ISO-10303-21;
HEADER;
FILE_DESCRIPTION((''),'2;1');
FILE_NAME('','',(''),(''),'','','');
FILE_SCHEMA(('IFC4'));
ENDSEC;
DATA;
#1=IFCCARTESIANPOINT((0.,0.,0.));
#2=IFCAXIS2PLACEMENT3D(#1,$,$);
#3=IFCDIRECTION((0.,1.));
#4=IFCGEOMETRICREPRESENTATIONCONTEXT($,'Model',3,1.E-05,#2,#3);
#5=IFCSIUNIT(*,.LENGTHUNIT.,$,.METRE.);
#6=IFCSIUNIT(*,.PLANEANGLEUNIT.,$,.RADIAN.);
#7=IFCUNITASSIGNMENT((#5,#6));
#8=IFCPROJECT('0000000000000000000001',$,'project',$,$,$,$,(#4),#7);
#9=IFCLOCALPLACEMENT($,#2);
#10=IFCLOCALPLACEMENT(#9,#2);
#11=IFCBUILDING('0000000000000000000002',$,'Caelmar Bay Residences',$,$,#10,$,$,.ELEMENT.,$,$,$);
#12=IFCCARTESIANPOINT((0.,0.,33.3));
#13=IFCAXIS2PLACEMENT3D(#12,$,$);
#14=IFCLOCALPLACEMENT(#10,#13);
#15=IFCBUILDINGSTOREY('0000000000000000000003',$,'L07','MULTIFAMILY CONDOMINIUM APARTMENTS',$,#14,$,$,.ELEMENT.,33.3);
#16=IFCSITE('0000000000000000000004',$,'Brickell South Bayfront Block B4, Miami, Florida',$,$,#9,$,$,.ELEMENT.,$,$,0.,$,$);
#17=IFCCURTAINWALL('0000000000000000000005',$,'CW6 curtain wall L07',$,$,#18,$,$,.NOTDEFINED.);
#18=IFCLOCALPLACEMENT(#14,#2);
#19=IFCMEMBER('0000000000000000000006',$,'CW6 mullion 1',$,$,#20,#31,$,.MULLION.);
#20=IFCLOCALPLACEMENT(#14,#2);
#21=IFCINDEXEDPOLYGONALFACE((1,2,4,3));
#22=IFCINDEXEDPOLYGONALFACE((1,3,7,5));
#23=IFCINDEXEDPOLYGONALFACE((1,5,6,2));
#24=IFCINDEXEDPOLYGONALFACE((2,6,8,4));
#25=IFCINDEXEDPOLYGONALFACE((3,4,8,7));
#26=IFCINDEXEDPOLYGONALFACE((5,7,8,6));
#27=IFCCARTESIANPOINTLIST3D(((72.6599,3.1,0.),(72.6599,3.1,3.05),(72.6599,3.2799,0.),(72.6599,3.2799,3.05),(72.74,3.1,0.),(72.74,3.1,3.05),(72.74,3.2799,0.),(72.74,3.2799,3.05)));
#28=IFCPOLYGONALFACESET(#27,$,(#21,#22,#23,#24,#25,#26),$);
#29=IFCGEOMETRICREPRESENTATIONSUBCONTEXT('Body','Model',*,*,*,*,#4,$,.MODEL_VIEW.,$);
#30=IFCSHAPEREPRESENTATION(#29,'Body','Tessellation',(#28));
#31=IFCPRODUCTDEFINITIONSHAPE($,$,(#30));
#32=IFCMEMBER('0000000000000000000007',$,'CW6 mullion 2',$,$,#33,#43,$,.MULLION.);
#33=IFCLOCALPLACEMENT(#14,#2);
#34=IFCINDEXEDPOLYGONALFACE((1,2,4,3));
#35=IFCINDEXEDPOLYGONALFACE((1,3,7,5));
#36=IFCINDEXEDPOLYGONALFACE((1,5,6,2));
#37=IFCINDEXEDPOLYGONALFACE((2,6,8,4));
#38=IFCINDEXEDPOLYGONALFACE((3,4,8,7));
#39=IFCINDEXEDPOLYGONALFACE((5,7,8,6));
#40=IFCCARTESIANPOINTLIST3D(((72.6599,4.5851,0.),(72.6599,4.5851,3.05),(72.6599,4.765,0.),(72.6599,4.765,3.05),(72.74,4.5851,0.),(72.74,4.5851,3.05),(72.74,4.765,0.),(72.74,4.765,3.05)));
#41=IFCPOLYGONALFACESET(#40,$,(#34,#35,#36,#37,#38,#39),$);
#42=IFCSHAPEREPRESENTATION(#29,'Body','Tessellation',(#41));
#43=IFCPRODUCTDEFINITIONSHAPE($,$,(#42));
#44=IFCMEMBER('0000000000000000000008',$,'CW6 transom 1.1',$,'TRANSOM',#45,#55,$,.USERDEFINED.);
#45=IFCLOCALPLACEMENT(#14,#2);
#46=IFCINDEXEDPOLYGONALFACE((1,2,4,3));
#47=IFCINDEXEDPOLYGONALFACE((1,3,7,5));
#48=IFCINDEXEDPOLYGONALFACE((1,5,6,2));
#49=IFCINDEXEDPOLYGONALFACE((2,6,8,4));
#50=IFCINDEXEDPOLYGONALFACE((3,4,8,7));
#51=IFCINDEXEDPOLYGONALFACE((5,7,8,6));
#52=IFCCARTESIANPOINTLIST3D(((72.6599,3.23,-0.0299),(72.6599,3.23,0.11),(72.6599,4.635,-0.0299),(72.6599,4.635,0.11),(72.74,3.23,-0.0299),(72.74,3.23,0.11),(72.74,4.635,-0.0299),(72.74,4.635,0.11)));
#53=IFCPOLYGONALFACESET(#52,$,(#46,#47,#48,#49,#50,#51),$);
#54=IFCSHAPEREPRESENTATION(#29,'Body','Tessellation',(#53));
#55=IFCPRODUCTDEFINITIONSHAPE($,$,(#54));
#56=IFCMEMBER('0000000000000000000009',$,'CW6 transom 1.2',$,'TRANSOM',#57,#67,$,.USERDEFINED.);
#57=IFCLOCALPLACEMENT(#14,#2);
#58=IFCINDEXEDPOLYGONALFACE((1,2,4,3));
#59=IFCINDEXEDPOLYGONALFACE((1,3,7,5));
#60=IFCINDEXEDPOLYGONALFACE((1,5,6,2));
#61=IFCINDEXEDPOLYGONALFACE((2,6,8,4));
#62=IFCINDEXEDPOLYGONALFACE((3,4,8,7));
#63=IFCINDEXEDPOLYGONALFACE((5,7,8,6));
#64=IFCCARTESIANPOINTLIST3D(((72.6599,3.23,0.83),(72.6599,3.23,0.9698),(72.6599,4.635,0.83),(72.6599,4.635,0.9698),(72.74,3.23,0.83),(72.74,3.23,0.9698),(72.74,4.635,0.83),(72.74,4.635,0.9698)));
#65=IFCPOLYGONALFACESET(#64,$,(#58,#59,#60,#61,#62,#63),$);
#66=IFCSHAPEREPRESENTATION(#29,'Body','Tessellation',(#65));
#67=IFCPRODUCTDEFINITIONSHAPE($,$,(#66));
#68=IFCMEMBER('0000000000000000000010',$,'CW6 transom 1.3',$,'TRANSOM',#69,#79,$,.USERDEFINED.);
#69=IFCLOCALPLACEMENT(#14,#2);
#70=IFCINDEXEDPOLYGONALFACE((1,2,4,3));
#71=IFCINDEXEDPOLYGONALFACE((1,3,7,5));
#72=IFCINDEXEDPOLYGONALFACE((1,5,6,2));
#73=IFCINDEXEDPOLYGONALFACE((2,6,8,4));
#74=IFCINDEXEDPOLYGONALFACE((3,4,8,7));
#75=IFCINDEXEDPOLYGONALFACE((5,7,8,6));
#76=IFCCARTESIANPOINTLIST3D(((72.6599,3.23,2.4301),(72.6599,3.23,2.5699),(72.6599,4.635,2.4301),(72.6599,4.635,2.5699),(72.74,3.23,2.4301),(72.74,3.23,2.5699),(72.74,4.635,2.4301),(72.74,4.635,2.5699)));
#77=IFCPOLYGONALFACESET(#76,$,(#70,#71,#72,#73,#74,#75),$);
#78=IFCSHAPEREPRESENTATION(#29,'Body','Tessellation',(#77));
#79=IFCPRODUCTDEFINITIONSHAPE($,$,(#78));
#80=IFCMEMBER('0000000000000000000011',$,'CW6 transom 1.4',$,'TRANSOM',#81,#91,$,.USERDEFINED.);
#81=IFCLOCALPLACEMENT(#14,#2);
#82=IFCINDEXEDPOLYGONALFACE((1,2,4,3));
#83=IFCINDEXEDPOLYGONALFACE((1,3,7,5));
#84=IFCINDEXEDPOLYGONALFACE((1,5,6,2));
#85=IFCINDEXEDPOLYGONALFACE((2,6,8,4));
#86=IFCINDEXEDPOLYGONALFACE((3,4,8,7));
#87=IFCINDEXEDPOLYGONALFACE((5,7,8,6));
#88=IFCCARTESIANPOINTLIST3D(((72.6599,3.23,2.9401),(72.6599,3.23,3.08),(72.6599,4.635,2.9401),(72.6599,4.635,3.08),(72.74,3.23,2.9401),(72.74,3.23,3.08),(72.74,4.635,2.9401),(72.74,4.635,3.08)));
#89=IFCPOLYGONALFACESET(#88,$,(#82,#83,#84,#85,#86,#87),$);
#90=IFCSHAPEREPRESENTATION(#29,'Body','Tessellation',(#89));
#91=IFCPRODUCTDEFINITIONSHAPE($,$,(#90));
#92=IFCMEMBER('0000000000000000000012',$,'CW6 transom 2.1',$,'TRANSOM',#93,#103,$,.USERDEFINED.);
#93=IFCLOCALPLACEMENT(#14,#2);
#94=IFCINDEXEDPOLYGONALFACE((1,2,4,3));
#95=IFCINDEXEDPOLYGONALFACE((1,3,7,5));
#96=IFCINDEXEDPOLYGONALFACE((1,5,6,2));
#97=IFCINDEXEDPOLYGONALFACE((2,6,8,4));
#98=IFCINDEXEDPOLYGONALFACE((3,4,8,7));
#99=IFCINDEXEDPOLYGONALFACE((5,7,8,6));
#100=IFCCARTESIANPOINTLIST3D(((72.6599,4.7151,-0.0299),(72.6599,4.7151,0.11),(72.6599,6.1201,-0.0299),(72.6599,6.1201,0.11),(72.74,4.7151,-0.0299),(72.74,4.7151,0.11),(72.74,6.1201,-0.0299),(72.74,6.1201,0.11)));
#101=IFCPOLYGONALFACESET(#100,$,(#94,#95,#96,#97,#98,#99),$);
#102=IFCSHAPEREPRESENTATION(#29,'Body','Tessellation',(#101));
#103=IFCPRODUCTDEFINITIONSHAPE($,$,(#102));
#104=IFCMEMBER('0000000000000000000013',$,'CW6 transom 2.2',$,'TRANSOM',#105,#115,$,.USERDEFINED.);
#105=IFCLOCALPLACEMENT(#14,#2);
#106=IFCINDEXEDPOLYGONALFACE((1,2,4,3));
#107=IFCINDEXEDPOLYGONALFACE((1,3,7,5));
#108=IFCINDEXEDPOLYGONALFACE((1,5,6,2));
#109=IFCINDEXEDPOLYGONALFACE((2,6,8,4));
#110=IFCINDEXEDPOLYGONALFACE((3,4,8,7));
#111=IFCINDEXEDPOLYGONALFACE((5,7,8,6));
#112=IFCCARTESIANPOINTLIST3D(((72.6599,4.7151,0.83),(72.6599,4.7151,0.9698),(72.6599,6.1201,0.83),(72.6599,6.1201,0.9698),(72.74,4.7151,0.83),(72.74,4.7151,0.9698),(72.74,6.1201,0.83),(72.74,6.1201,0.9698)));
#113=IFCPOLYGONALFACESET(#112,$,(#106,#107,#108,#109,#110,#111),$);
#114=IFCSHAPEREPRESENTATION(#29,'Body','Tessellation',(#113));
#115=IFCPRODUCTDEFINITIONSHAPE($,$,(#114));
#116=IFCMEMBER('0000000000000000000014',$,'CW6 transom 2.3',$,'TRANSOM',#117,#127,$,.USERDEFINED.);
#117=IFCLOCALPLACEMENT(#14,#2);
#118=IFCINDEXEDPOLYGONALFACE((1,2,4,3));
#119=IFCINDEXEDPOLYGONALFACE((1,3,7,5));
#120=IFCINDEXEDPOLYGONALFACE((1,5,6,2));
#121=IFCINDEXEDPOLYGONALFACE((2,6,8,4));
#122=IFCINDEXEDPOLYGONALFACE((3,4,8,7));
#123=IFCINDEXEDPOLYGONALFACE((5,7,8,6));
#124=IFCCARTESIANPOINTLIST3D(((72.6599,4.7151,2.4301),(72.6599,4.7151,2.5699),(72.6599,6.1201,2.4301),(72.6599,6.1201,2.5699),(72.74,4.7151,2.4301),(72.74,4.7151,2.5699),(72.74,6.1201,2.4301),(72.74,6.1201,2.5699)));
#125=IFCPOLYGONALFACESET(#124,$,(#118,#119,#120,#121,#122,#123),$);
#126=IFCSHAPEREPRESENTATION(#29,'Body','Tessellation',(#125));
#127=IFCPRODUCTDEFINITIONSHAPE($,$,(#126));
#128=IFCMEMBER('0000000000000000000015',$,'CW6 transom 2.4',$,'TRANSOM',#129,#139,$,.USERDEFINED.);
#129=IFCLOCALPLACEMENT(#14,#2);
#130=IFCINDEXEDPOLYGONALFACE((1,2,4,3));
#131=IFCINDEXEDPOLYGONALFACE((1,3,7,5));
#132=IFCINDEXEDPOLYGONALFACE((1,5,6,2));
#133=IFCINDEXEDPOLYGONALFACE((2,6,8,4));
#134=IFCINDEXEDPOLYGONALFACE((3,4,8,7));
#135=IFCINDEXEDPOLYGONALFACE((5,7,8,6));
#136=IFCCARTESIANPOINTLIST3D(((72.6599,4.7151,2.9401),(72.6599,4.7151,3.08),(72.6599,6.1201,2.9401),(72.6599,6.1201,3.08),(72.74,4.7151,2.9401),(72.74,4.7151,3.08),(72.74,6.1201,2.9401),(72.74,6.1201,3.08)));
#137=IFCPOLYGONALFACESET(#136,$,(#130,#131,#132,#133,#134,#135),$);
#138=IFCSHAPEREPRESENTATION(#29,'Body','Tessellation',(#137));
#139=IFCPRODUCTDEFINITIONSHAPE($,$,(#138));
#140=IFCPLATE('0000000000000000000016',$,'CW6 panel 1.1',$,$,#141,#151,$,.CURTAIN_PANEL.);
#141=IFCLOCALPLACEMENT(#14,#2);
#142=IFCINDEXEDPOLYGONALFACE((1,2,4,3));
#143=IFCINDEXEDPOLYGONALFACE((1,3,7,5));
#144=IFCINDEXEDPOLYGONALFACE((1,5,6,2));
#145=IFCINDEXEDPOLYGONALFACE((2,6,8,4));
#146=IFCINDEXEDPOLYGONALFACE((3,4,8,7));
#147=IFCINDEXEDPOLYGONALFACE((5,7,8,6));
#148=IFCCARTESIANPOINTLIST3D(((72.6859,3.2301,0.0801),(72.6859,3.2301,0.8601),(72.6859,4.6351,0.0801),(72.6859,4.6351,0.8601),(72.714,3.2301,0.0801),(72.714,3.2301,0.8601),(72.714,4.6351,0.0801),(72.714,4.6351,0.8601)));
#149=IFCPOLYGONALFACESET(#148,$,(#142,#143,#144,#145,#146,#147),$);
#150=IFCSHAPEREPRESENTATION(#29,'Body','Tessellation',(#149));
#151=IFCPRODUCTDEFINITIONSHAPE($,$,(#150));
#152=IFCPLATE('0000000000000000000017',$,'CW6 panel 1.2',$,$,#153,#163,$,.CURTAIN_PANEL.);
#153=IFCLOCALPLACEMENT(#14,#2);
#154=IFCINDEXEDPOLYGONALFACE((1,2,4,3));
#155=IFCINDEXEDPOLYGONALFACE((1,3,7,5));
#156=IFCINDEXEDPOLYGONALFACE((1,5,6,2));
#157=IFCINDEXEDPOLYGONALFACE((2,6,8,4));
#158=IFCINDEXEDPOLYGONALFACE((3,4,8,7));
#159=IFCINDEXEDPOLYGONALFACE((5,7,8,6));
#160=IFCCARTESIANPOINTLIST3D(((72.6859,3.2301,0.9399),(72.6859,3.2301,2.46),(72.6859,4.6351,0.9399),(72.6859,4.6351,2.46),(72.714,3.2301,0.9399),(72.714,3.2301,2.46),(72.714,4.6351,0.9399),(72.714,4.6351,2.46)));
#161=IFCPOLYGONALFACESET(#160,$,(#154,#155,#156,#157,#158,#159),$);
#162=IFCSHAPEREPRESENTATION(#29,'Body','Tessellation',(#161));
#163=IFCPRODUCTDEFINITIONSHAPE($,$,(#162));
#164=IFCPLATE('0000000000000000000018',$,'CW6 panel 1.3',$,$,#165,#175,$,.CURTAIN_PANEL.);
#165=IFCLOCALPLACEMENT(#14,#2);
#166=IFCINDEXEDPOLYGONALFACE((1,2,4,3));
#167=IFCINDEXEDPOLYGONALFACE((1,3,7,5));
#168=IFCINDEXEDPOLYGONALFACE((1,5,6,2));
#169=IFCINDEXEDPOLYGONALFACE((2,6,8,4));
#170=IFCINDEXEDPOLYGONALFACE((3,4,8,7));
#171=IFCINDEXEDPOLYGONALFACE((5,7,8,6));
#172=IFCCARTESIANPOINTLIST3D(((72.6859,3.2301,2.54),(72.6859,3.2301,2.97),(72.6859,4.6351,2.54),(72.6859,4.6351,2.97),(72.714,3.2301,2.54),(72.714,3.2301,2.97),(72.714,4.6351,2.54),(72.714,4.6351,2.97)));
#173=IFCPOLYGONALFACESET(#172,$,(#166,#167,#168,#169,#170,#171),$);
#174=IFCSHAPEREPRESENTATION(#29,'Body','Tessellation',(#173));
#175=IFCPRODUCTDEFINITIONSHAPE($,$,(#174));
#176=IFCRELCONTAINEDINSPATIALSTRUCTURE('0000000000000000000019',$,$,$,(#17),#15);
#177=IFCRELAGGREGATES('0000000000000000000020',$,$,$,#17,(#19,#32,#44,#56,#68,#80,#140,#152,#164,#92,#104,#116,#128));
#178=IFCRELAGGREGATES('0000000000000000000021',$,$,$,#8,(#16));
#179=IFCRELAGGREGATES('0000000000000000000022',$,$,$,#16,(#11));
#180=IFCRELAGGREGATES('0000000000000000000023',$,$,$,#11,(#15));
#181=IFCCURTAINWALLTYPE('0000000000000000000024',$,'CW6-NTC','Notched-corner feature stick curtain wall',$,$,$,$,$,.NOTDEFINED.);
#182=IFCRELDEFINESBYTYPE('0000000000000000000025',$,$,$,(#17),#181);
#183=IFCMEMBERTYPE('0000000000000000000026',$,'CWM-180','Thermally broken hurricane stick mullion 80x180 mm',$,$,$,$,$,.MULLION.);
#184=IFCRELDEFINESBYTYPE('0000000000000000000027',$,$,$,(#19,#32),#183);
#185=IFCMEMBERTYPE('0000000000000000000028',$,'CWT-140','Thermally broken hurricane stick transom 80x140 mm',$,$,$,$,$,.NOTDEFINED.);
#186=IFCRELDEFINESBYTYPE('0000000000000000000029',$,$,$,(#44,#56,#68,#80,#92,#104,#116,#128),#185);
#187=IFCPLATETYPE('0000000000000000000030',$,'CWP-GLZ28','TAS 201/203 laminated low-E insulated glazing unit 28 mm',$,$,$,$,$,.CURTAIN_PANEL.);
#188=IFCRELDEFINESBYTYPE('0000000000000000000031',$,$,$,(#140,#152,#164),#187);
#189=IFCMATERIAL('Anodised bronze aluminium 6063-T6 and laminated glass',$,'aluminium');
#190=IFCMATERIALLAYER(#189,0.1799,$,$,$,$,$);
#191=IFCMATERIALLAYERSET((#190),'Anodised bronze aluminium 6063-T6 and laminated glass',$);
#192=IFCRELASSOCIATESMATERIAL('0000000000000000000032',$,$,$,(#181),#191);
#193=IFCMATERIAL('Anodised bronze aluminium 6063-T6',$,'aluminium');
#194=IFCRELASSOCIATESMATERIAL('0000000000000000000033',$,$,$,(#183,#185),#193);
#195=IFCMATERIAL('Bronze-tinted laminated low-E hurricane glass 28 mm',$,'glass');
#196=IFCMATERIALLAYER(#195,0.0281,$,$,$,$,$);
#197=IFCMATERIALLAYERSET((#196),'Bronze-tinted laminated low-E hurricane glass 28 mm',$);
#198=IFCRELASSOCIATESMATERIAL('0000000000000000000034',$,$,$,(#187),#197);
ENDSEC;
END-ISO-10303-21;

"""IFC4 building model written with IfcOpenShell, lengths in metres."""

from ifc_helpers import new_model, si_unit, direction, frame, origin, origin_2d, place, context, subcontext, project, spatial, rectangle, extrude, material, layer, layer_set, material_profile, profile_set, type_object, element, aggregate, save


model = new_model("IFC4")

# Units and contexts
model_context = context("Model", 3, precision=1e-05, world=origin(), true_north=direction((0.0, 1.0)))
body_context = subcontext(model_context, "Body", "Model", "MODEL_VIEW")
ifc_project = project(units=[si_unit("LENGTHUNIT", "METRE"), si_unit("PLANEANGLEUNIT", "RADIAN")], contexts=[model_context])

# Site, building, storey
site_placement = place(None, origin())
site = spatial("IfcSite", under=ifc_project, at=site_placement, Name="Brickell South Bayfront Block B4, Miami, Florida", CompositionType="ELEMENT", RefElevation=0.0)
building_placement = place(site_placement, origin())
building = spatial("IfcBuilding", under=site, at=building_placement, Name="Caelmar Bay Residences", CompositionType="ELEMENT")
storey_placement = place(building_placement, frame((0.0, 0.0, 33.3)))
storey = spatial("IfcBuildingStorey", under=building, at=storey_placement, Name="L07", Description="MULTIFAMILY CONDOMINIUM APARTMENTS", CompositionType="ELEMENT", Elevation=33.3)

# Curtain wall, members, plates
ifc_material_1 = material(Name="Anodised bronze aluminium 6063-T6 and laminated glass", Category="aluminium")
ifc_layer_1 = layer(ifc_material_1, 0.1799)
ifc_layer_set_1 = layer_set([ifc_layer_1], Name="Anodised bronze aluminium 6063-T6 and laminated glass")
curtain_wall_type = type_object("IfcCurtainWallType", Name="CW6-NTC", Description="Notched-corner feature stick curtain wall", PredefinedType="NOTDEFINED", material=ifc_layer_set_1)
curtain_wall_placement = place(storey_placement, origin())
curtain_wall = element("IfcCurtainWall", 1, at=curtain_wall_placement, inside=storey, type_object=curtain_wall_type, Name="CW6 curtain wall L07", PredefinedType="NOTDEFINED")
ifc_material_2 = material(Name="Anodised bronze aluminium 6063-T6", Category="aluminium")
ifc_material_profile_1 = material_profile(ifc_material_2, rectangle(XDim=0.0801, YDim=0.1799, at=origin_2d()), Name="CWM-80X180")
ifc_profile_set_1 = profile_set([ifc_material_profile_1], Name="Anodised bronze aluminium 6063-T6")
member_type_1 = type_object("IfcMemberType", Name="CWM-180", Description="Thermally broken hurricane stick mullion 80x180 mm", PredefinedType="MULLION", material=ifc_profile_set_1)
member_1_placement = place(storey_placement, frame((72.7, 3.1899, 0.0), z_axis=(0.0, 0.0, 1.0), x_axis=(-1.0, 0.0, 0.0)))
member_1 = element("IfcMember", 2, at=member_1_placement, type_object=member_type_1, Name="CW6 mullion 1", PredefinedType="MULLION", context=body_context, shape_type="SweptSolid", body=[
    extrude(rectangle(XDim=0.0801, YDim=0.1799, at=origin_2d()), origin(), (0.0, 0.0, 1.0), 3.05),
])
member_2_placement = place(storey_placement, frame((72.7, 4.675, 0.0), z_axis=(0.0, 0.0, 1.0), x_axis=(-1.0, 0.0, 0.0)))
member_2 = element("IfcMember", 3, at=member_2_placement, type_object=member_type_1, Name="CW6 mullion 2", PredefinedType="MULLION", context=body_context, shape_type="SweptSolid", body=[
    extrude(rectangle(XDim=0.0801, YDim=0.1799, at=origin_2d()), origin(), (0.0, 0.0, 1.0), 3.05),
])
ifc_material_profile_2 = material_profile(ifc_material_2, rectangle(XDim=0.0801, YDim=0.1399, at=origin_2d()), Name="CWT-80X140")
ifc_profile_set_2 = profile_set([ifc_material_profile_2], Name="Anodised bronze aluminium 6063-T6")
member_type_2 = type_object("IfcMemberType", Name="CWT-140", Description="Thermally broken hurricane stick transom 80x140 mm", PredefinedType="NOTDEFINED", material=ifc_profile_set_2)
member_3_placement = place(storey_placement, frame((72.7, 3.23, 0.04), z_axis=(0.0, 1.0, 0.0), x_axis=(-1.0, 0.0, 0.0)))
member_3 = element("IfcMember", 4, at=member_3_placement, type_object=member_type_2, Name="CW6 transom 1.1", ObjectType="TRANSOM", PredefinedType="USERDEFINED", context=body_context, shape_type="SweptSolid", body=[
    extrude(rectangle(XDim=0.0801, YDim=0.1399, at=origin_2d()), origin(), (0.0, 0.0, 1.0), 1.405),
])
member_4_placement = place(storey_placement, frame((72.7, 3.23, 0.8999), z_axis=(0.0, 1.0, 0.0), x_axis=(-1.0, 0.0, 0.0)))
member_4 = element("IfcMember", 5, at=member_4_placement, type_object=member_type_2, Name="CW6 transom 1.2", ObjectType="TRANSOM", PredefinedType="USERDEFINED", context=body_context, shape_type="SweptSolid", body=[
    extrude(rectangle(XDim=0.0801, YDim=0.1399, at=origin_2d()), origin(), (0.0, 0.0, 1.0), 1.405),
])
member_5_placement = place(storey_placement, frame((72.7, 3.23, 2.5), z_axis=(0.0, 1.0, 0.0), x_axis=(-1.0, 0.0, 0.0)))
member_5 = element("IfcMember", 6, at=member_5_placement, type_object=member_type_2, Name="CW6 transom 1.3", ObjectType="TRANSOM", PredefinedType="USERDEFINED", context=body_context, shape_type="SweptSolid", body=[
    extrude(rectangle(XDim=0.0801, YDim=0.1399, at=origin_2d()), origin(), (0.0, 0.0, 1.0), 1.405),
])
member_6_placement = place(storey_placement, frame((72.7, 3.23, 3.01), z_axis=(0.0, 1.0, 0.0), x_axis=(-1.0, 0.0, 0.0)))
member_6 = element("IfcMember", 7, at=member_6_placement, type_object=member_type_2, Name="CW6 transom 1.4", ObjectType="TRANSOM", PredefinedType="USERDEFINED", context=body_context, shape_type="SweptSolid", body=[
    extrude(rectangle(XDim=0.0801, YDim=0.1399, at=origin_2d()), origin(), (0.0, 0.0, 1.0), 1.405),
])
member_7_placement = place(storey_placement, frame((72.7, 4.7151, 0.04), z_axis=(0.0, 1.0, 0.0), x_axis=(-1.0, 0.0, 0.0)))
member_7 = element("IfcMember", 8, at=member_7_placement, type_object=member_type_2, Name="CW6 transom 2.1", ObjectType="TRANSOM", PredefinedType="USERDEFINED", context=body_context, shape_type="SweptSolid", body=[
    extrude(rectangle(XDim=0.0801, YDim=0.1399, at=origin_2d()), origin(), (0.0, 0.0, 1.0), 1.405),
])
member_8_placement = place(storey_placement, frame((72.7, 4.7151, 0.8999), z_axis=(0.0, 1.0, 0.0), x_axis=(-1.0, 0.0, 0.0)))
member_8 = element("IfcMember", 9, at=member_8_placement, type_object=member_type_2, Name="CW6 transom 2.2", ObjectType="TRANSOM", PredefinedType="USERDEFINED", context=body_context, shape_type="SweptSolid", body=[
    extrude(rectangle(XDim=0.0801, YDim=0.1399, at=origin_2d()), origin(), (0.0, 0.0, 1.0), 1.405),
])
member_9_placement = place(storey_placement, frame((72.7, 4.7151, 2.5), z_axis=(0.0, 1.0, 0.0), x_axis=(-1.0, 0.0, 0.0)))
member_9 = element("IfcMember", 10, at=member_9_placement, type_object=member_type_2, Name="CW6 transom 2.3", ObjectType="TRANSOM", PredefinedType="USERDEFINED", context=body_context, shape_type="SweptSolid", body=[
    extrude(rectangle(XDim=0.0801, YDim=0.1399, at=origin_2d()), origin(), (0.0, 0.0, 1.0), 1.405),
])
member_10_placement = place(storey_placement, frame((72.7, 4.7151, 3.01), z_axis=(0.0, 1.0, 0.0), x_axis=(-1.0, 0.0, 0.0)))
member_10 = element("IfcMember", 11, at=member_10_placement, type_object=member_type_2, Name="CW6 transom 2.4", ObjectType="TRANSOM", PredefinedType="USERDEFINED", context=body_context, shape_type="SweptSolid", body=[
    extrude(rectangle(XDim=0.0801, YDim=0.1399, at=origin_2d()), origin(), (0.0, 0.0, 1.0), 1.405),
])
ifc_material_3 = material(Name="Bronze-tinted laminated low-E hurricane glass 28 mm", Category="glass")
ifc_layer_2 = layer(ifc_material_3, 0.0281)
ifc_layer_set_2 = layer_set([ifc_layer_2], Name="Bronze-tinted laminated low-E hurricane glass 28 mm")
plate_type = type_object("IfcPlateType", Name="CWP-GLZ28", Description="TAS 201/203 laminated low-E insulated glazing unit 28 mm", PredefinedType="CURTAIN_PANEL", material=ifc_layer_set_2)
plate_1_placement = place(storey_placement, frame((72.7, 3.9326, 0.0801), z_axis=(0.0, 0.0, 1.0), x_axis=(0.0, 1.0, 0.0)))
plate_1 = element("IfcPlate", 12, at=plate_1_placement, type_object=plate_type, Name="CW6 panel 1.1", PredefinedType="CURTAIN_PANEL", context=body_context, shape_type="SweptSolid", body=[
    extrude(rectangle(XDim=1.405, YDim=0.0281, at=origin_2d()), origin(), (0.0, 0.0, 1.0), 0.78),
])
plate_2_placement = place(storey_placement, frame((72.7, 3.9326, 0.9399), z_axis=(0.0, 0.0, 1.0), x_axis=(0.0, 1.0, 0.0)))
plate_2 = element("IfcPlate", 13, at=plate_2_placement, type_object=plate_type, Name="CW6 panel 1.2", PredefinedType="CURTAIN_PANEL", context=body_context, shape_type="SweptSolid", body=[
    extrude(rectangle(XDim=1.405, YDim=0.0281, at=origin_2d()), origin(), (0.0, 0.0, 1.0), 1.52),
])
plate_3_placement = place(storey_placement, frame((72.7, 3.9326, 2.54), z_axis=(0.0, 0.0, 1.0), x_axis=(0.0, 1.0, 0.0)))
plate_3 = element("IfcPlate", 14, at=plate_3_placement, type_object=plate_type, Name="CW6 panel 1.3", PredefinedType="CURTAIN_PANEL", context=body_context, shape_type="SweptSolid", body=[
    extrude(rectangle(XDim=1.405, YDim=0.0281, at=origin_2d()), origin(), (0.0, 0.0, 1.0), 0.4299),
])
aggregate(curtain_wall, [member_1, member_2, member_3, member_4, member_5, member_6, plate_1, plate_2, plate_3, member_7, member_8, member_9, member_10])

save(model, "model.ifc")
